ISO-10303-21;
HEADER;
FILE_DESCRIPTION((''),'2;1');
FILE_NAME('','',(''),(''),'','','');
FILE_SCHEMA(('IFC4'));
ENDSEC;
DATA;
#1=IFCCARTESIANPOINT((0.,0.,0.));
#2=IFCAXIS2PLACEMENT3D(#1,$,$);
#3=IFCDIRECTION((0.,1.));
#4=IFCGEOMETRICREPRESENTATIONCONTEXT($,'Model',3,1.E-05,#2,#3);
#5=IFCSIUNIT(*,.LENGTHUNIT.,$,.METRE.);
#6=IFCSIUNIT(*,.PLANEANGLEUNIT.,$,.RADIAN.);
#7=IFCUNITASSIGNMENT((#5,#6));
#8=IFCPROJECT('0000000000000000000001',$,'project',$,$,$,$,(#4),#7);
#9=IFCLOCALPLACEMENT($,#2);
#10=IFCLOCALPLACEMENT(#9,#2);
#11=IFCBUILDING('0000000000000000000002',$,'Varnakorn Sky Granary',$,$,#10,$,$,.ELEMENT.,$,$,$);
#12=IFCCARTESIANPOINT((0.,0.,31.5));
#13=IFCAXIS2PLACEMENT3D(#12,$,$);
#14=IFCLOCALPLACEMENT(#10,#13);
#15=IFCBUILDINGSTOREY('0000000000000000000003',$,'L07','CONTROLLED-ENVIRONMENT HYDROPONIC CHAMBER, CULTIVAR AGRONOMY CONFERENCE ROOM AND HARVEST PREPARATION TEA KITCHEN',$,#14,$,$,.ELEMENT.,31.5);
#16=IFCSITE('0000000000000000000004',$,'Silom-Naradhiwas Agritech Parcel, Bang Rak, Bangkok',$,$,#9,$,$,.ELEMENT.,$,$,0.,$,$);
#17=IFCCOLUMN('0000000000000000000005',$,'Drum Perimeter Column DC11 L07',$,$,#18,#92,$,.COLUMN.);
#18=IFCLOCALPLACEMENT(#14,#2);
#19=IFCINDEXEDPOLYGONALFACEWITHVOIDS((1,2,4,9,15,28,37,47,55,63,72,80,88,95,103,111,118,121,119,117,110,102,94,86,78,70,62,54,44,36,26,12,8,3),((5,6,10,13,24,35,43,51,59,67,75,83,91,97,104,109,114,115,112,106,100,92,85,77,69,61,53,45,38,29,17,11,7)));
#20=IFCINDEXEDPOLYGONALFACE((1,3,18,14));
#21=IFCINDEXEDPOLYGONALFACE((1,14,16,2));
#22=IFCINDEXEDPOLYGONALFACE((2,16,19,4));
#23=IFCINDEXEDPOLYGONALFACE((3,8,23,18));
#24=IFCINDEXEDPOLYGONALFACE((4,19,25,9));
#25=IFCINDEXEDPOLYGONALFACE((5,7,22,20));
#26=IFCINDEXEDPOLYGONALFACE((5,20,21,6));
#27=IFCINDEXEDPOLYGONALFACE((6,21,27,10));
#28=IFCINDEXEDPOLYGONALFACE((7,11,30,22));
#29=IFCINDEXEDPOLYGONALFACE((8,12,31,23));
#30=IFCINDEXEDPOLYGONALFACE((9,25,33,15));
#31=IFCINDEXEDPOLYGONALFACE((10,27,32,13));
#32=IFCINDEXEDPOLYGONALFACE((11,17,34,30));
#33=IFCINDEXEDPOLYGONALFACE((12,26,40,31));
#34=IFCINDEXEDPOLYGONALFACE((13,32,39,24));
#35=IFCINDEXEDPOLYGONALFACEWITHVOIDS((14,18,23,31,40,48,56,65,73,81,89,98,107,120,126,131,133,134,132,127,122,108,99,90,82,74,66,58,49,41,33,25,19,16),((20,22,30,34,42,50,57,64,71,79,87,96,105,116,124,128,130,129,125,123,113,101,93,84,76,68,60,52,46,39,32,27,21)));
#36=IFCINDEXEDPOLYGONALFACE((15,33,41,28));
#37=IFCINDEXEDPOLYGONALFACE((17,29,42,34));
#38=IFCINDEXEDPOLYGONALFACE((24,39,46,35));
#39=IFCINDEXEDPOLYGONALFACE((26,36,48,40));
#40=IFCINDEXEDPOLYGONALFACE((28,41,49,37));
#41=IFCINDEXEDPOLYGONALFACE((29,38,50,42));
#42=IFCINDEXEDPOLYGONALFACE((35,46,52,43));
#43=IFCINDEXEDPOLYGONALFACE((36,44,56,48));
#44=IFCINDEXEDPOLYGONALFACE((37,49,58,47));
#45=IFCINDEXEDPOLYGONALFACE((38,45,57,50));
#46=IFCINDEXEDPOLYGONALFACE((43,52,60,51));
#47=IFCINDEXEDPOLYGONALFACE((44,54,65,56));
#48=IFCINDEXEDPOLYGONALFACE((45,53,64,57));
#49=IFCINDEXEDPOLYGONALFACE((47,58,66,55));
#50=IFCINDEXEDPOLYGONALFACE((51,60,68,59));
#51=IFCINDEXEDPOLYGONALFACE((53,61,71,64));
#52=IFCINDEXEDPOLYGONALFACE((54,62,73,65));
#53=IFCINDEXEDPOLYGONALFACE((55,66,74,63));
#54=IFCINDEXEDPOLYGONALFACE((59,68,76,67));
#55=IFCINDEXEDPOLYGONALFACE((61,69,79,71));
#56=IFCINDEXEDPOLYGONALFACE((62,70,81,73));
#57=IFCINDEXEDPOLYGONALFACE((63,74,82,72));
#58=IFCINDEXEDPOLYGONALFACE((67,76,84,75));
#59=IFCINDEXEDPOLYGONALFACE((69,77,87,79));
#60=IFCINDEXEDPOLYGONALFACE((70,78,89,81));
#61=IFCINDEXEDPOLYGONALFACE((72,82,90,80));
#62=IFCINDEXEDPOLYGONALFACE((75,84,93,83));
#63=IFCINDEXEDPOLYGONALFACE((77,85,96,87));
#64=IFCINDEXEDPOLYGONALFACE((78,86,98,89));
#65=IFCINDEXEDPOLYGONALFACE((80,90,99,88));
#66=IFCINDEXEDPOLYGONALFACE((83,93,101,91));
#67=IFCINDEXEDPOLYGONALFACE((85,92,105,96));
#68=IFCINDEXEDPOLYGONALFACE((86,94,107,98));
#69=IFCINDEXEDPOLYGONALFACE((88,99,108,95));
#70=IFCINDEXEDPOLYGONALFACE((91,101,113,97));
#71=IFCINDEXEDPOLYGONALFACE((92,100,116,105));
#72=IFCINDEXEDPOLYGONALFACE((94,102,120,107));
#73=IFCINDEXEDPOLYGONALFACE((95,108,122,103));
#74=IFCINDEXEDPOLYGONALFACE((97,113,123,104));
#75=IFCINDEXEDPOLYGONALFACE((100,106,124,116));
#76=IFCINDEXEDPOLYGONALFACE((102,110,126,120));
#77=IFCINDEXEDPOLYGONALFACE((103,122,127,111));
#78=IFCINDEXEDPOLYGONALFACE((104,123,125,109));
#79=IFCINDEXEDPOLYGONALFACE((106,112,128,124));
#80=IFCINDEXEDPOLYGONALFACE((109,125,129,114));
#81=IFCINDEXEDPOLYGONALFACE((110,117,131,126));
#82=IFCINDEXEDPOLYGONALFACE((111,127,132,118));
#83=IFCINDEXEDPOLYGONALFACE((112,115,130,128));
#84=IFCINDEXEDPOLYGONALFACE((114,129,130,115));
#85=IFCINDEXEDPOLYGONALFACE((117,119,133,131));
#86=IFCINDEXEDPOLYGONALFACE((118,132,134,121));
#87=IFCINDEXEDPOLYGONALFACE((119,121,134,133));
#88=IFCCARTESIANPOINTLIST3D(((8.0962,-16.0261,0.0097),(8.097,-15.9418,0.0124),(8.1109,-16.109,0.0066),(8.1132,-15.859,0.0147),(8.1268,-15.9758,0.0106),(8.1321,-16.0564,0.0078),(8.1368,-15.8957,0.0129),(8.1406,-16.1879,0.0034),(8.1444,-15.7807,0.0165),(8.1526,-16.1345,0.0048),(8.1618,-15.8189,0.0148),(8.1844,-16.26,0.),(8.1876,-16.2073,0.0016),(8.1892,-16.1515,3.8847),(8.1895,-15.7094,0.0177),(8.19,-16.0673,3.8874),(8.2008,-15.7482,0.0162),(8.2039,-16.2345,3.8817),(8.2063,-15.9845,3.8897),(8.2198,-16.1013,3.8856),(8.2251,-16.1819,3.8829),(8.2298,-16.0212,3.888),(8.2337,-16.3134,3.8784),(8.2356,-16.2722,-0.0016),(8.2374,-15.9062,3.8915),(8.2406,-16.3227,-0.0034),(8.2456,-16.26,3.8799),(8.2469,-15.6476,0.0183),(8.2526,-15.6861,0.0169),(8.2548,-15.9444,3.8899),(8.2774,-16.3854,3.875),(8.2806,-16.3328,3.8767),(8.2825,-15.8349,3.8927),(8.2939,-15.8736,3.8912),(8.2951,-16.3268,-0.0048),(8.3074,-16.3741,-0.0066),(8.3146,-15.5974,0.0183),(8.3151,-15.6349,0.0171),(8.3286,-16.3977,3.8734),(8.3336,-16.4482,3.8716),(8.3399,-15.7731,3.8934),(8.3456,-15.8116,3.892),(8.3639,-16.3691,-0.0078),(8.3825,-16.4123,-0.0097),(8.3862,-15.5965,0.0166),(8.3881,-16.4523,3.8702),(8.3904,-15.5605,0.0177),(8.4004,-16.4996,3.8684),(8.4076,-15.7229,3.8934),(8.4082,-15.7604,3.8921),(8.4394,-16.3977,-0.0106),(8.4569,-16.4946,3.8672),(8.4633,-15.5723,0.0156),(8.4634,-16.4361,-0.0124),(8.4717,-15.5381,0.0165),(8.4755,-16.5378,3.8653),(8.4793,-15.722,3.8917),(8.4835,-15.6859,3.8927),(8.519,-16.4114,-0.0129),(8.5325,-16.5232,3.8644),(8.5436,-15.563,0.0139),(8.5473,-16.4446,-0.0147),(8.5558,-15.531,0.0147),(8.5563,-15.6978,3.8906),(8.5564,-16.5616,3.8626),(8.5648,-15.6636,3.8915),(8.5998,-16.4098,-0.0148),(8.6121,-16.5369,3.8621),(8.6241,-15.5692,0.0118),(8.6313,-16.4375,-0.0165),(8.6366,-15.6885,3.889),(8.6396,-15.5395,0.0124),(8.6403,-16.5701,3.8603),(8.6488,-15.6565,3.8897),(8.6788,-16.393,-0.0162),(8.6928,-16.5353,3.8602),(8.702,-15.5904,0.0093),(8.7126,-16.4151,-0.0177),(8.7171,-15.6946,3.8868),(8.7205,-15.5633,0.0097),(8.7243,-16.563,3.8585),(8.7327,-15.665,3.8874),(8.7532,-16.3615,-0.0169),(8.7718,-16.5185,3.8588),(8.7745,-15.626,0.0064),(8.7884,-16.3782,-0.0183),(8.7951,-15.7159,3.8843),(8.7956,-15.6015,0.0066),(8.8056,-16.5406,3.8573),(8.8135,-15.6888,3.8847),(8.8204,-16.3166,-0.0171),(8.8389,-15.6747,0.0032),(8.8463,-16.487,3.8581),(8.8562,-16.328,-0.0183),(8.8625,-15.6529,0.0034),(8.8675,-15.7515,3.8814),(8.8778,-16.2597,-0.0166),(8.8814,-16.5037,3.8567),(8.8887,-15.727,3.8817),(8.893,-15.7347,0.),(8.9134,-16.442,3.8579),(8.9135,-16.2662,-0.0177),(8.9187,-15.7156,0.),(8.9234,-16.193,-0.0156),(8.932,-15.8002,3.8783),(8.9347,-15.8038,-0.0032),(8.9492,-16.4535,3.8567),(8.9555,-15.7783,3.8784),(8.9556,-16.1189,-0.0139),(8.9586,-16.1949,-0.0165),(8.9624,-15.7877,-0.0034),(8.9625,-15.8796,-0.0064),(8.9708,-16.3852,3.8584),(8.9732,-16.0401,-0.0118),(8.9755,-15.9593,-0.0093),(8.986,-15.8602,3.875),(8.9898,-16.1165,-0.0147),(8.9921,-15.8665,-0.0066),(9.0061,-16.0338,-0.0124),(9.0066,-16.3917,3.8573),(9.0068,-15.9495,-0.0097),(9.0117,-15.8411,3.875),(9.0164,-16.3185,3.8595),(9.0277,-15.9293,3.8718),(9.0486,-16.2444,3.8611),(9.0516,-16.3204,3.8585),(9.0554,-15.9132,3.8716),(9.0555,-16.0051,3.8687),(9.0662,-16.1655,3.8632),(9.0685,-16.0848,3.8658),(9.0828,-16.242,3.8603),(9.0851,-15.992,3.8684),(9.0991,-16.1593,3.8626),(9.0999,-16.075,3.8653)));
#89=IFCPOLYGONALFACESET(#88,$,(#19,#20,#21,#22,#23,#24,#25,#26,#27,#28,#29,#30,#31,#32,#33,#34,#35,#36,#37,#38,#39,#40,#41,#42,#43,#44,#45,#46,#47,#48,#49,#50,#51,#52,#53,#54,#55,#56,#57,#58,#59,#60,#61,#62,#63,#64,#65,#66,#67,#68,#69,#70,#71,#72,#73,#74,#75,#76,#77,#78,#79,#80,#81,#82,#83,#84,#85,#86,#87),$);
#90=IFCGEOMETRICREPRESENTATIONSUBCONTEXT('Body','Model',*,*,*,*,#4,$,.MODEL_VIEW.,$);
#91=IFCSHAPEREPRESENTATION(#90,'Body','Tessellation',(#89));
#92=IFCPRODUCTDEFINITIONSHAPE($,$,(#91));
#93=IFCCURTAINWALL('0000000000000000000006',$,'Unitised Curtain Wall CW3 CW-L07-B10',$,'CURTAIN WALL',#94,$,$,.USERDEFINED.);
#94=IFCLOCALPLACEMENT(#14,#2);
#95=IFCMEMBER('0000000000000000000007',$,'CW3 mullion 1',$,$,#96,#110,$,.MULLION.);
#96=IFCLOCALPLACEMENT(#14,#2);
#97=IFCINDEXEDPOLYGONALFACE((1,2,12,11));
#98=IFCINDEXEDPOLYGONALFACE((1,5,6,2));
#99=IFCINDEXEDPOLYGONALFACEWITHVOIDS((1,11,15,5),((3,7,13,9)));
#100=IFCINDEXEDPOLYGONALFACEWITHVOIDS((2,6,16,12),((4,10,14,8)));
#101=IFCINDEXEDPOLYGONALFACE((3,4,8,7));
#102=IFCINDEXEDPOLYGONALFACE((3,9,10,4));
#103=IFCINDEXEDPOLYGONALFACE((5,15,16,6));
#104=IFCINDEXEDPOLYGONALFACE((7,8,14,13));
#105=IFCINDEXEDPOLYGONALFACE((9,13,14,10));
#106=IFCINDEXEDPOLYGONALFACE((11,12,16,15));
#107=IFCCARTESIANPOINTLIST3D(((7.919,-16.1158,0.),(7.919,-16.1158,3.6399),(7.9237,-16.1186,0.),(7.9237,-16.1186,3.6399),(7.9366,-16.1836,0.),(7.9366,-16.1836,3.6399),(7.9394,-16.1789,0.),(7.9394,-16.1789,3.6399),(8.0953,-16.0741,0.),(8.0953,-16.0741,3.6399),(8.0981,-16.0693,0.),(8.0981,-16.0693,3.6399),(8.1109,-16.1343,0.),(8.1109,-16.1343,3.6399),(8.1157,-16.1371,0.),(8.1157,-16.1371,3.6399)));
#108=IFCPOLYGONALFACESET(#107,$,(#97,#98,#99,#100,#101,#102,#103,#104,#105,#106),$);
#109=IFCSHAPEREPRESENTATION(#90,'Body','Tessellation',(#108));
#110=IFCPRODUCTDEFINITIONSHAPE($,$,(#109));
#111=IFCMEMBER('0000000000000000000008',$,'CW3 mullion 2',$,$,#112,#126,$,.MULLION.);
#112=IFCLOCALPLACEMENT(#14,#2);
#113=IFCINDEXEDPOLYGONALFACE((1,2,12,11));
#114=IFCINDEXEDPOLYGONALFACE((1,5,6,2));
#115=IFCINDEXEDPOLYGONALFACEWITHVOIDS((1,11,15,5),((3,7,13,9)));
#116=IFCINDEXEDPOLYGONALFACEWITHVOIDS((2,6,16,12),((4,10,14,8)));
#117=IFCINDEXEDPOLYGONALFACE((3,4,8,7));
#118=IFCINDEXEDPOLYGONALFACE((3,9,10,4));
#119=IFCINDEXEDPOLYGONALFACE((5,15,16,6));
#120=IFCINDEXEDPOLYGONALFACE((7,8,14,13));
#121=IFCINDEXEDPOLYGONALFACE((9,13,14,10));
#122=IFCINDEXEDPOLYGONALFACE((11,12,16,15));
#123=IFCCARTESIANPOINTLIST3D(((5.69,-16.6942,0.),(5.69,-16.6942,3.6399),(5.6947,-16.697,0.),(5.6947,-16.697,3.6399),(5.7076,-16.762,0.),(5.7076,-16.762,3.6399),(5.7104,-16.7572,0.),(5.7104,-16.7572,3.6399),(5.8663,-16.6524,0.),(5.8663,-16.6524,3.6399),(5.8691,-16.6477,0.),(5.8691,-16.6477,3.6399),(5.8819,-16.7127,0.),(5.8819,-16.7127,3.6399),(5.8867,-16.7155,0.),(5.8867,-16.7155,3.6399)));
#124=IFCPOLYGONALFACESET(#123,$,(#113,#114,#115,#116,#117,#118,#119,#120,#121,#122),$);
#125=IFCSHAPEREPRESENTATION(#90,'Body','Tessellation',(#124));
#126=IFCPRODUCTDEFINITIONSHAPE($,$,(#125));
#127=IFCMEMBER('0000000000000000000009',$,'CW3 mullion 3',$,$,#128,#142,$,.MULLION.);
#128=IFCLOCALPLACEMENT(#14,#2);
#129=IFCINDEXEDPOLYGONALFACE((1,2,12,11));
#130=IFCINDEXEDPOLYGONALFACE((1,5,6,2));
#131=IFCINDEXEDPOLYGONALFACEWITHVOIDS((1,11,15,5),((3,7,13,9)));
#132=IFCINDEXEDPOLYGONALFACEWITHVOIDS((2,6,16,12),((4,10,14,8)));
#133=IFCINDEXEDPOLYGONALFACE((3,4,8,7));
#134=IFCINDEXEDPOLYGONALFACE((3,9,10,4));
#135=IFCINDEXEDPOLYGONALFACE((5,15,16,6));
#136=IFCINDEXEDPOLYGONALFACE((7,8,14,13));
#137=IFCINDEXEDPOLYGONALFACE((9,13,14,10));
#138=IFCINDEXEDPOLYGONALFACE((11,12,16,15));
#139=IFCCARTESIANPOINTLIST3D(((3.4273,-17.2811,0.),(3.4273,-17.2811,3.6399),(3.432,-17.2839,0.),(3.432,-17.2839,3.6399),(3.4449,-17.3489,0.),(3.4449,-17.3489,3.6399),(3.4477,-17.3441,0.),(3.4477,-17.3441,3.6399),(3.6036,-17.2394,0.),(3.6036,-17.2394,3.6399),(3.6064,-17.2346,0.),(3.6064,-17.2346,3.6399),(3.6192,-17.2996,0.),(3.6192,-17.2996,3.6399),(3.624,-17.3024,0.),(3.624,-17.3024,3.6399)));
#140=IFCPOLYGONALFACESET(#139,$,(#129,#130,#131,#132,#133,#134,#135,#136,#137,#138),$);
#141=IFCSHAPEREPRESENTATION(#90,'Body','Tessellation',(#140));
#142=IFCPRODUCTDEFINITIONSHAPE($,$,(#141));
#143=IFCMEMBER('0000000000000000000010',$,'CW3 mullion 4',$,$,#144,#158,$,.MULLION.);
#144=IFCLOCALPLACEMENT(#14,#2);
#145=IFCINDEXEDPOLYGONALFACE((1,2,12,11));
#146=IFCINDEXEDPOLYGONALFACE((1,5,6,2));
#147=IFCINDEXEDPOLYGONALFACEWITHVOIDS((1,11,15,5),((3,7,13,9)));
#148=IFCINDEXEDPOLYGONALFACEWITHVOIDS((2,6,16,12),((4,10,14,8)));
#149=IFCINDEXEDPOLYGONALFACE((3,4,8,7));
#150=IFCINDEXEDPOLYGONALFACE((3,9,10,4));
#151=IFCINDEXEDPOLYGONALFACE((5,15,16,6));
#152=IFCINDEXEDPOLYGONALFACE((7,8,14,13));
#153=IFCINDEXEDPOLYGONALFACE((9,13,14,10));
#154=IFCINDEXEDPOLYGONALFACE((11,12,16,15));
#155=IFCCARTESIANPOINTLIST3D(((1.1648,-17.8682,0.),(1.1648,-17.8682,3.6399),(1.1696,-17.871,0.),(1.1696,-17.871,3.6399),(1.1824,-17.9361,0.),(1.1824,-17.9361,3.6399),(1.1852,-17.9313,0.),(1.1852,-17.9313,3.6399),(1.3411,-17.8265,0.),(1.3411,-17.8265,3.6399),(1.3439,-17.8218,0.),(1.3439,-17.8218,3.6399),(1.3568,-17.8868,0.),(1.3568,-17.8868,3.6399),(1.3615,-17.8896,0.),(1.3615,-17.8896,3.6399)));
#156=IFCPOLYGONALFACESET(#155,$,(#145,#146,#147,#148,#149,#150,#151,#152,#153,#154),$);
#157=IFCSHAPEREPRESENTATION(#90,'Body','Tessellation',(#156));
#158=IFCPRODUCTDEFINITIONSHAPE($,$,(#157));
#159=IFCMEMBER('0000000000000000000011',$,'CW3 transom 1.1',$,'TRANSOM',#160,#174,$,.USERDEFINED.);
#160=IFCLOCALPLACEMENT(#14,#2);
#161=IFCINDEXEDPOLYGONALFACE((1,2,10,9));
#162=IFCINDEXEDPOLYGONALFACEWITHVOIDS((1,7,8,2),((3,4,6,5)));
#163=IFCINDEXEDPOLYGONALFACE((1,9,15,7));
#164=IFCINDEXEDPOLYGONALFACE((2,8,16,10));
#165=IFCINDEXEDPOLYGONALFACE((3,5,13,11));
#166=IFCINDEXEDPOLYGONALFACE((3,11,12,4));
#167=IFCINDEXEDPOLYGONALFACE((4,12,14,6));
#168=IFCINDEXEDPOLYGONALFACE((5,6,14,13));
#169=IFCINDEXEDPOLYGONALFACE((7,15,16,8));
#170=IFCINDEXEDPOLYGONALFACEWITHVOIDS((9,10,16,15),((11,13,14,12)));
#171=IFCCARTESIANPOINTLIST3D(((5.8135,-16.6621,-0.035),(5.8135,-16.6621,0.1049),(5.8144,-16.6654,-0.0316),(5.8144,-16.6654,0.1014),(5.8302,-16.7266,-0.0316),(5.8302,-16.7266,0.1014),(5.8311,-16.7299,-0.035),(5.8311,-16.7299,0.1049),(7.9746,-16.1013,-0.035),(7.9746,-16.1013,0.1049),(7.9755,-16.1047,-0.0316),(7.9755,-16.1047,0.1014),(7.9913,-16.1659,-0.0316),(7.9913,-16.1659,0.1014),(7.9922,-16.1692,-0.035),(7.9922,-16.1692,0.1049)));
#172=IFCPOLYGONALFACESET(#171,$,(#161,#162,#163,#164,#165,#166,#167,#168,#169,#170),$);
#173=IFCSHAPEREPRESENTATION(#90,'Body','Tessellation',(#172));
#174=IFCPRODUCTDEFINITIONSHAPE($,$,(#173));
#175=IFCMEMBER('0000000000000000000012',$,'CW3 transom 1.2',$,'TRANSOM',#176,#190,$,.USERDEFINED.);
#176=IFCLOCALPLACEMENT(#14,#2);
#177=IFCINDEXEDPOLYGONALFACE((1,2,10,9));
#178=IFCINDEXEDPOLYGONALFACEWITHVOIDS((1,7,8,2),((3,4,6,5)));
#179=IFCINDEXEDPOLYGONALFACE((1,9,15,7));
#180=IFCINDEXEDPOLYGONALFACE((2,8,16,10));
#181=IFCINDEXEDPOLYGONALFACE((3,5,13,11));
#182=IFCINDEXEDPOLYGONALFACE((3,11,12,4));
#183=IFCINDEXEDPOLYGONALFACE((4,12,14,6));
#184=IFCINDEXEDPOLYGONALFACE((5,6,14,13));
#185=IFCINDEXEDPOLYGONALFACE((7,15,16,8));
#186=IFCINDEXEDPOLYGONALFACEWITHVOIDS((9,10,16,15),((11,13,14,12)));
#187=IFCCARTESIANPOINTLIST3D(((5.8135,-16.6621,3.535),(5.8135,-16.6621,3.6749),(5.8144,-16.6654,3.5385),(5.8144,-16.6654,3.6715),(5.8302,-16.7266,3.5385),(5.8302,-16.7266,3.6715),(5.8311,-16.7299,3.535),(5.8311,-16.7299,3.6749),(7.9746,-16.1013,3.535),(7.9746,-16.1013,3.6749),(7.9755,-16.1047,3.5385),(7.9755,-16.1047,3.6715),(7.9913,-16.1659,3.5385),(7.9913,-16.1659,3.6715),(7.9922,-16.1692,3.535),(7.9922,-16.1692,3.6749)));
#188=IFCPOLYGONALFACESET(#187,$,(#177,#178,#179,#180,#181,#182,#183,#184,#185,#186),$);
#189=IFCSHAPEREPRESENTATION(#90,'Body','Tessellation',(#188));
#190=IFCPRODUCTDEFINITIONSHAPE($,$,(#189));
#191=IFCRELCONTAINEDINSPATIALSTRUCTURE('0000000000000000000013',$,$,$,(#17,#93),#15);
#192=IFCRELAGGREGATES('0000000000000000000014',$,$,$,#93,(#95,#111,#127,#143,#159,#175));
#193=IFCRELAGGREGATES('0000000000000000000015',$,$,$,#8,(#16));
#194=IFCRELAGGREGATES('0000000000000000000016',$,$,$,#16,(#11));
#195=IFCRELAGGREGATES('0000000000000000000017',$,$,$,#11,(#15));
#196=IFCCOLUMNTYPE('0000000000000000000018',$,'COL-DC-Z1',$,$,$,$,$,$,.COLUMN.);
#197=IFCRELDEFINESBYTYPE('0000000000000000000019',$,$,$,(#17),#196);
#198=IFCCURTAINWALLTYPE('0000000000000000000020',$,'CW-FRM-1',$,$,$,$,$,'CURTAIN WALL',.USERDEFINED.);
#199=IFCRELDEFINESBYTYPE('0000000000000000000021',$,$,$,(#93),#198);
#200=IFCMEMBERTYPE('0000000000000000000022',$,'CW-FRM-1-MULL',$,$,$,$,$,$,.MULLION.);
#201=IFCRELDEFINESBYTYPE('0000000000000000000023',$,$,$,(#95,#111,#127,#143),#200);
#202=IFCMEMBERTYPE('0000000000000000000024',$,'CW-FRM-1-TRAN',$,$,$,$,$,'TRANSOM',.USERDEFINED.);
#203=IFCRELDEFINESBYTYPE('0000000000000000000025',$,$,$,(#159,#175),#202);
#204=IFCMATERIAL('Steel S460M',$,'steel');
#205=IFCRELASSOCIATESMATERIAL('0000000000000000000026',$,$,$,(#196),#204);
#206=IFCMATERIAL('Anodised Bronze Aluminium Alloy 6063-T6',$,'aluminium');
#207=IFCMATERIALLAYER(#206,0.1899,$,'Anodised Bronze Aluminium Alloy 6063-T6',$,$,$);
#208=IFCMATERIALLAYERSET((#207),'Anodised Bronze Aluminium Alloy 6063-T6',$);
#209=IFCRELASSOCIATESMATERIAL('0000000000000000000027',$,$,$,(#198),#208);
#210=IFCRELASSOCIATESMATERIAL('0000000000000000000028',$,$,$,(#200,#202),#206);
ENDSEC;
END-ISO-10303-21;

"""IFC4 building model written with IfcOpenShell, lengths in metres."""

from ifc_helpers import new_model, si_unit, direction, frame, origin, origin_2d, place, context, subcontext, project, spatial, hollow_rectangle, hollow_circle, extrude, material, layer, layer_set, material_profile, profile_set, type_object, element, aggregate, save


model = new_model("IFC4")

# Units and contexts
model_context = context("Model", 3, precision=1e-05, world=origin(), true_north=direction((0.0, 1.0)))
body_context = subcontext(model_context, "Body", "Model", "MODEL_VIEW")
ifc_project = project(units=[si_unit("LENGTHUNIT", "METRE"), si_unit("PLANEANGLEUNIT", "RADIAN")], contexts=[model_context])

# Site, building, storey
site_placement = place(None, origin())
site = spatial("IfcSite", under=ifc_project, at=site_placement, Name="Silom-Naradhiwas Agritech Parcel, Bang Rak, Bangkok", CompositionType="ELEMENT", RefElevation=0.0)
building_placement = place(site_placement, origin())
building = spatial("IfcBuilding", under=site, at=building_placement, Name="Varnakorn Sky Granary", CompositionType="ELEMENT")
storey_placement = place(building_placement, frame((0.0, 0.0, 31.5)))
storey = spatial("IfcBuildingStorey", under=building, at=storey_placement, Name="L07", Description="CONTROLLED-ENVIRONMENT HYDROPONIC CHAMBER, CULTIVAR AGRONOMY CONFERENCE ROOM AND HARVEST PREPARATION TEA KITCHEN", CompositionType="ELEMENT", Elevation=31.5)

# Column
ifc_material_1 = material(Name="Steel S460M", Category="steel")
ifc_material_profile_1 = material_profile(ifc_material_1, hollow_circle(Radius=0.457, WallThickness=0.032, at=origin_2d()), Name="CHS 914x32")
ifc_profile_set_1 = profile_set([ifc_material_profile_1], Name="Steel S460M")
column_type = type_object("IfcColumnType", Name="COL-DC-Z1", PredefinedType="COLUMN", material=ifc_profile_set_1)
column_placement = place(storey_placement, frame((8.5515, -15.9878, 0.0), z_axis=(0.023985, -0.032358, 0.999189), x_axis=(0.803363, 0.595489, 0.0)))
element("IfcColumn", 1, at=column_placement, inside=storey, type_object=column_type, Name="Drum Perimeter Column DC11 L07", PredefinedType="COLUMN", context=body_context, shape_type="SweptSolid", body=[
    extrude(hollow_circle(Radius=0.457, WallThickness=0.032, at=origin_2d()), origin(), (0.0, 0.0, 1.0), 3.8782),
])

# Curtain wall, members
ifc_material_2 = material(Name="Anodised Bronze Aluminium Alloy 6063-T6", Category="aluminium")
ifc_layer_1 = layer(ifc_material_2, 0.1899, Name="Anodised Bronze Aluminium Alloy 6063-T6")
ifc_layer_set_1 = layer_set([ifc_layer_1], Name="Anodised Bronze Aluminium Alloy 6063-T6")
curtain_wall_type = type_object("IfcCurtainWallType", Name="CW-FRM-1", ElementType="CURTAIN WALL", PredefinedType="USERDEFINED", material=ifc_layer_set_1)
curtain_wall_placement = place(storey_placement, origin())
curtain_wall = element("IfcCurtainWall", 2, at=curtain_wall_placement, inside=storey, type_object=curtain_wall_type, Name="Unitised Curtain Wall CW3 CW-L07-B10", ObjectType="CURTAIN WALL", PredefinedType="USERDEFINED")
ifc_material_profile_2 = material_profile(ifc_material_2, hollow_rectangle(XDim=0.0701, YDim=0.1851, WallThickness=0.0039, at=origin_2d()), Name="ALU MULL 70x185")
ifc_profile_set_2 = profile_set([ifc_material_profile_2], Name="Anodised Bronze Aluminium Alloy 6063-T6")
member_type_1 = type_object("IfcMemberType", Name="CW-FRM-1-MULL", PredefinedType="MULLION", material=ifc_profile_set_2)
member_1_placement = place(storey_placement, frame((8.0173, -16.1265, 0.0), z_axis=(0.0, 0.0, 1.0), x_axis=(0.251165, -0.967944, 0.0)))
member_1 = element("IfcMember", 3, at=member_1_placement, type_object=member_type_1, Name="CW3 mullion 1", PredefinedType="MULLION", context=body_context, shape_type="SweptSolid", body=[
    extrude(hollow_rectangle(XDim=0.0701, YDim=0.1851, WallThickness=0.0039, at=origin_2d()), origin(), (0.0, 0.0, 1.0), 3.6399),
])
member_2_placement = place(storey_placement, frame((5.7883, -16.7048, 0.0), z_axis=(0.0, 0.0, 1.0), x_axis=(0.251165, -0.967944, 0.0)))
member_2 = element("IfcMember", 4, at=member_2_placement, type_object=member_type_1, Name="CW3 mullion 2", PredefinedType="MULLION", context=body_context, shape_type="SweptSolid", body=[
    extrude(hollow_rectangle(XDim=0.0701, YDim=0.1851, WallThickness=0.0039, at=origin_2d()), origin(), (0.0, 0.0, 1.0), 3.6399),
])
member_3_placement = place(storey_placement, frame((3.5256, -17.2917, 0.0), z_axis=(0.0, 0.0, 1.0), x_axis=(0.251165, -0.967944, 0.0)))
member_3 = element("IfcMember", 5, at=member_3_placement, type_object=member_type_1, Name="CW3 mullion 3", PredefinedType="MULLION", context=body_context, shape_type="SweptSolid", body=[
    extrude(hollow_rectangle(XDim=0.0701, YDim=0.1851, WallThickness=0.0039, at=origin_2d()), origin(), (0.0, 0.0, 1.0), 3.6399),
])
member_4_placement = place(storey_placement, frame((1.2632, -17.8789, 0.0), z_axis=(0.0, 0.0, 1.0), x_axis=(0.251165, -0.967944, 0.0)))
member_4 = element("IfcMember", 6, at=member_4_placement, type_object=member_type_1, Name="CW3 mullion 4", PredefinedType="MULLION", context=body_context, shape_type="SweptSolid", body=[
    extrude(hollow_rectangle(XDim=0.0701, YDim=0.1851, WallThickness=0.0039, at=origin_2d()), origin(), (0.0, 0.0, 1.0), 3.6399),
])
ifc_material_profile_3 = material_profile(ifc_material_2, hollow_rectangle(XDim=0.0701, YDim=0.1399, WallThickness=0.0034, at=origin_2d()), Name="ALU TRAN 70x140")
ifc_profile_set_3 = profile_set([ifc_material_profile_3], Name="Anodised Bronze Aluminium Alloy 6063-T6")
member_type_2 = type_object("IfcMemberType", Name="CW-FRM-1-TRAN", ElementType="TRANSOM", PredefinedType="USERDEFINED", material=ifc_profile_set_3)
member_5_placement = place(storey_placement, frame((7.9834, -16.1353, 0.0349), z_axis=(-0.967943, -0.251171, 0.0), x_axis=(0.251171, -0.967943, 0.0)))
member_5 = element("IfcMember", 7, at=member_5_placement, type_object=member_type_2, Name="CW3 transom 1.1", ObjectType="TRANSOM", PredefinedType="USERDEFINED", context=body_context, shape_type="SweptSolid", body=[
    extrude(hollow_rectangle(XDim=0.0701, YDim=0.1399, WallThickness=0.0034, at=origin_2d()), origin(), (0.0, 0.0, 1.0), 2.2327),
])
member_6_placement = place(storey_placement, frame((7.9834, -16.1353, 3.605), z_axis=(-0.967943, -0.251171, 0.0), x_axis=(0.251171, -0.967943, 0.0)))
member_6 = element("IfcMember", 8, at=member_6_placement, type_object=member_type_2, Name="CW3 transom 1.2", ObjectType="TRANSOM", PredefinedType="USERDEFINED", context=body_context, shape_type="SweptSolid", body=[
    extrude(hollow_rectangle(XDim=0.0701, YDim=0.1399, WallThickness=0.0034, at=origin_2d()), origin(), (0.0, 0.0, 1.0), 2.2327),
])

aggregate(curtain_wall, [member_1, member_2, member_3, member_4, member_5, member_6])

save(model, "model.ifc")
